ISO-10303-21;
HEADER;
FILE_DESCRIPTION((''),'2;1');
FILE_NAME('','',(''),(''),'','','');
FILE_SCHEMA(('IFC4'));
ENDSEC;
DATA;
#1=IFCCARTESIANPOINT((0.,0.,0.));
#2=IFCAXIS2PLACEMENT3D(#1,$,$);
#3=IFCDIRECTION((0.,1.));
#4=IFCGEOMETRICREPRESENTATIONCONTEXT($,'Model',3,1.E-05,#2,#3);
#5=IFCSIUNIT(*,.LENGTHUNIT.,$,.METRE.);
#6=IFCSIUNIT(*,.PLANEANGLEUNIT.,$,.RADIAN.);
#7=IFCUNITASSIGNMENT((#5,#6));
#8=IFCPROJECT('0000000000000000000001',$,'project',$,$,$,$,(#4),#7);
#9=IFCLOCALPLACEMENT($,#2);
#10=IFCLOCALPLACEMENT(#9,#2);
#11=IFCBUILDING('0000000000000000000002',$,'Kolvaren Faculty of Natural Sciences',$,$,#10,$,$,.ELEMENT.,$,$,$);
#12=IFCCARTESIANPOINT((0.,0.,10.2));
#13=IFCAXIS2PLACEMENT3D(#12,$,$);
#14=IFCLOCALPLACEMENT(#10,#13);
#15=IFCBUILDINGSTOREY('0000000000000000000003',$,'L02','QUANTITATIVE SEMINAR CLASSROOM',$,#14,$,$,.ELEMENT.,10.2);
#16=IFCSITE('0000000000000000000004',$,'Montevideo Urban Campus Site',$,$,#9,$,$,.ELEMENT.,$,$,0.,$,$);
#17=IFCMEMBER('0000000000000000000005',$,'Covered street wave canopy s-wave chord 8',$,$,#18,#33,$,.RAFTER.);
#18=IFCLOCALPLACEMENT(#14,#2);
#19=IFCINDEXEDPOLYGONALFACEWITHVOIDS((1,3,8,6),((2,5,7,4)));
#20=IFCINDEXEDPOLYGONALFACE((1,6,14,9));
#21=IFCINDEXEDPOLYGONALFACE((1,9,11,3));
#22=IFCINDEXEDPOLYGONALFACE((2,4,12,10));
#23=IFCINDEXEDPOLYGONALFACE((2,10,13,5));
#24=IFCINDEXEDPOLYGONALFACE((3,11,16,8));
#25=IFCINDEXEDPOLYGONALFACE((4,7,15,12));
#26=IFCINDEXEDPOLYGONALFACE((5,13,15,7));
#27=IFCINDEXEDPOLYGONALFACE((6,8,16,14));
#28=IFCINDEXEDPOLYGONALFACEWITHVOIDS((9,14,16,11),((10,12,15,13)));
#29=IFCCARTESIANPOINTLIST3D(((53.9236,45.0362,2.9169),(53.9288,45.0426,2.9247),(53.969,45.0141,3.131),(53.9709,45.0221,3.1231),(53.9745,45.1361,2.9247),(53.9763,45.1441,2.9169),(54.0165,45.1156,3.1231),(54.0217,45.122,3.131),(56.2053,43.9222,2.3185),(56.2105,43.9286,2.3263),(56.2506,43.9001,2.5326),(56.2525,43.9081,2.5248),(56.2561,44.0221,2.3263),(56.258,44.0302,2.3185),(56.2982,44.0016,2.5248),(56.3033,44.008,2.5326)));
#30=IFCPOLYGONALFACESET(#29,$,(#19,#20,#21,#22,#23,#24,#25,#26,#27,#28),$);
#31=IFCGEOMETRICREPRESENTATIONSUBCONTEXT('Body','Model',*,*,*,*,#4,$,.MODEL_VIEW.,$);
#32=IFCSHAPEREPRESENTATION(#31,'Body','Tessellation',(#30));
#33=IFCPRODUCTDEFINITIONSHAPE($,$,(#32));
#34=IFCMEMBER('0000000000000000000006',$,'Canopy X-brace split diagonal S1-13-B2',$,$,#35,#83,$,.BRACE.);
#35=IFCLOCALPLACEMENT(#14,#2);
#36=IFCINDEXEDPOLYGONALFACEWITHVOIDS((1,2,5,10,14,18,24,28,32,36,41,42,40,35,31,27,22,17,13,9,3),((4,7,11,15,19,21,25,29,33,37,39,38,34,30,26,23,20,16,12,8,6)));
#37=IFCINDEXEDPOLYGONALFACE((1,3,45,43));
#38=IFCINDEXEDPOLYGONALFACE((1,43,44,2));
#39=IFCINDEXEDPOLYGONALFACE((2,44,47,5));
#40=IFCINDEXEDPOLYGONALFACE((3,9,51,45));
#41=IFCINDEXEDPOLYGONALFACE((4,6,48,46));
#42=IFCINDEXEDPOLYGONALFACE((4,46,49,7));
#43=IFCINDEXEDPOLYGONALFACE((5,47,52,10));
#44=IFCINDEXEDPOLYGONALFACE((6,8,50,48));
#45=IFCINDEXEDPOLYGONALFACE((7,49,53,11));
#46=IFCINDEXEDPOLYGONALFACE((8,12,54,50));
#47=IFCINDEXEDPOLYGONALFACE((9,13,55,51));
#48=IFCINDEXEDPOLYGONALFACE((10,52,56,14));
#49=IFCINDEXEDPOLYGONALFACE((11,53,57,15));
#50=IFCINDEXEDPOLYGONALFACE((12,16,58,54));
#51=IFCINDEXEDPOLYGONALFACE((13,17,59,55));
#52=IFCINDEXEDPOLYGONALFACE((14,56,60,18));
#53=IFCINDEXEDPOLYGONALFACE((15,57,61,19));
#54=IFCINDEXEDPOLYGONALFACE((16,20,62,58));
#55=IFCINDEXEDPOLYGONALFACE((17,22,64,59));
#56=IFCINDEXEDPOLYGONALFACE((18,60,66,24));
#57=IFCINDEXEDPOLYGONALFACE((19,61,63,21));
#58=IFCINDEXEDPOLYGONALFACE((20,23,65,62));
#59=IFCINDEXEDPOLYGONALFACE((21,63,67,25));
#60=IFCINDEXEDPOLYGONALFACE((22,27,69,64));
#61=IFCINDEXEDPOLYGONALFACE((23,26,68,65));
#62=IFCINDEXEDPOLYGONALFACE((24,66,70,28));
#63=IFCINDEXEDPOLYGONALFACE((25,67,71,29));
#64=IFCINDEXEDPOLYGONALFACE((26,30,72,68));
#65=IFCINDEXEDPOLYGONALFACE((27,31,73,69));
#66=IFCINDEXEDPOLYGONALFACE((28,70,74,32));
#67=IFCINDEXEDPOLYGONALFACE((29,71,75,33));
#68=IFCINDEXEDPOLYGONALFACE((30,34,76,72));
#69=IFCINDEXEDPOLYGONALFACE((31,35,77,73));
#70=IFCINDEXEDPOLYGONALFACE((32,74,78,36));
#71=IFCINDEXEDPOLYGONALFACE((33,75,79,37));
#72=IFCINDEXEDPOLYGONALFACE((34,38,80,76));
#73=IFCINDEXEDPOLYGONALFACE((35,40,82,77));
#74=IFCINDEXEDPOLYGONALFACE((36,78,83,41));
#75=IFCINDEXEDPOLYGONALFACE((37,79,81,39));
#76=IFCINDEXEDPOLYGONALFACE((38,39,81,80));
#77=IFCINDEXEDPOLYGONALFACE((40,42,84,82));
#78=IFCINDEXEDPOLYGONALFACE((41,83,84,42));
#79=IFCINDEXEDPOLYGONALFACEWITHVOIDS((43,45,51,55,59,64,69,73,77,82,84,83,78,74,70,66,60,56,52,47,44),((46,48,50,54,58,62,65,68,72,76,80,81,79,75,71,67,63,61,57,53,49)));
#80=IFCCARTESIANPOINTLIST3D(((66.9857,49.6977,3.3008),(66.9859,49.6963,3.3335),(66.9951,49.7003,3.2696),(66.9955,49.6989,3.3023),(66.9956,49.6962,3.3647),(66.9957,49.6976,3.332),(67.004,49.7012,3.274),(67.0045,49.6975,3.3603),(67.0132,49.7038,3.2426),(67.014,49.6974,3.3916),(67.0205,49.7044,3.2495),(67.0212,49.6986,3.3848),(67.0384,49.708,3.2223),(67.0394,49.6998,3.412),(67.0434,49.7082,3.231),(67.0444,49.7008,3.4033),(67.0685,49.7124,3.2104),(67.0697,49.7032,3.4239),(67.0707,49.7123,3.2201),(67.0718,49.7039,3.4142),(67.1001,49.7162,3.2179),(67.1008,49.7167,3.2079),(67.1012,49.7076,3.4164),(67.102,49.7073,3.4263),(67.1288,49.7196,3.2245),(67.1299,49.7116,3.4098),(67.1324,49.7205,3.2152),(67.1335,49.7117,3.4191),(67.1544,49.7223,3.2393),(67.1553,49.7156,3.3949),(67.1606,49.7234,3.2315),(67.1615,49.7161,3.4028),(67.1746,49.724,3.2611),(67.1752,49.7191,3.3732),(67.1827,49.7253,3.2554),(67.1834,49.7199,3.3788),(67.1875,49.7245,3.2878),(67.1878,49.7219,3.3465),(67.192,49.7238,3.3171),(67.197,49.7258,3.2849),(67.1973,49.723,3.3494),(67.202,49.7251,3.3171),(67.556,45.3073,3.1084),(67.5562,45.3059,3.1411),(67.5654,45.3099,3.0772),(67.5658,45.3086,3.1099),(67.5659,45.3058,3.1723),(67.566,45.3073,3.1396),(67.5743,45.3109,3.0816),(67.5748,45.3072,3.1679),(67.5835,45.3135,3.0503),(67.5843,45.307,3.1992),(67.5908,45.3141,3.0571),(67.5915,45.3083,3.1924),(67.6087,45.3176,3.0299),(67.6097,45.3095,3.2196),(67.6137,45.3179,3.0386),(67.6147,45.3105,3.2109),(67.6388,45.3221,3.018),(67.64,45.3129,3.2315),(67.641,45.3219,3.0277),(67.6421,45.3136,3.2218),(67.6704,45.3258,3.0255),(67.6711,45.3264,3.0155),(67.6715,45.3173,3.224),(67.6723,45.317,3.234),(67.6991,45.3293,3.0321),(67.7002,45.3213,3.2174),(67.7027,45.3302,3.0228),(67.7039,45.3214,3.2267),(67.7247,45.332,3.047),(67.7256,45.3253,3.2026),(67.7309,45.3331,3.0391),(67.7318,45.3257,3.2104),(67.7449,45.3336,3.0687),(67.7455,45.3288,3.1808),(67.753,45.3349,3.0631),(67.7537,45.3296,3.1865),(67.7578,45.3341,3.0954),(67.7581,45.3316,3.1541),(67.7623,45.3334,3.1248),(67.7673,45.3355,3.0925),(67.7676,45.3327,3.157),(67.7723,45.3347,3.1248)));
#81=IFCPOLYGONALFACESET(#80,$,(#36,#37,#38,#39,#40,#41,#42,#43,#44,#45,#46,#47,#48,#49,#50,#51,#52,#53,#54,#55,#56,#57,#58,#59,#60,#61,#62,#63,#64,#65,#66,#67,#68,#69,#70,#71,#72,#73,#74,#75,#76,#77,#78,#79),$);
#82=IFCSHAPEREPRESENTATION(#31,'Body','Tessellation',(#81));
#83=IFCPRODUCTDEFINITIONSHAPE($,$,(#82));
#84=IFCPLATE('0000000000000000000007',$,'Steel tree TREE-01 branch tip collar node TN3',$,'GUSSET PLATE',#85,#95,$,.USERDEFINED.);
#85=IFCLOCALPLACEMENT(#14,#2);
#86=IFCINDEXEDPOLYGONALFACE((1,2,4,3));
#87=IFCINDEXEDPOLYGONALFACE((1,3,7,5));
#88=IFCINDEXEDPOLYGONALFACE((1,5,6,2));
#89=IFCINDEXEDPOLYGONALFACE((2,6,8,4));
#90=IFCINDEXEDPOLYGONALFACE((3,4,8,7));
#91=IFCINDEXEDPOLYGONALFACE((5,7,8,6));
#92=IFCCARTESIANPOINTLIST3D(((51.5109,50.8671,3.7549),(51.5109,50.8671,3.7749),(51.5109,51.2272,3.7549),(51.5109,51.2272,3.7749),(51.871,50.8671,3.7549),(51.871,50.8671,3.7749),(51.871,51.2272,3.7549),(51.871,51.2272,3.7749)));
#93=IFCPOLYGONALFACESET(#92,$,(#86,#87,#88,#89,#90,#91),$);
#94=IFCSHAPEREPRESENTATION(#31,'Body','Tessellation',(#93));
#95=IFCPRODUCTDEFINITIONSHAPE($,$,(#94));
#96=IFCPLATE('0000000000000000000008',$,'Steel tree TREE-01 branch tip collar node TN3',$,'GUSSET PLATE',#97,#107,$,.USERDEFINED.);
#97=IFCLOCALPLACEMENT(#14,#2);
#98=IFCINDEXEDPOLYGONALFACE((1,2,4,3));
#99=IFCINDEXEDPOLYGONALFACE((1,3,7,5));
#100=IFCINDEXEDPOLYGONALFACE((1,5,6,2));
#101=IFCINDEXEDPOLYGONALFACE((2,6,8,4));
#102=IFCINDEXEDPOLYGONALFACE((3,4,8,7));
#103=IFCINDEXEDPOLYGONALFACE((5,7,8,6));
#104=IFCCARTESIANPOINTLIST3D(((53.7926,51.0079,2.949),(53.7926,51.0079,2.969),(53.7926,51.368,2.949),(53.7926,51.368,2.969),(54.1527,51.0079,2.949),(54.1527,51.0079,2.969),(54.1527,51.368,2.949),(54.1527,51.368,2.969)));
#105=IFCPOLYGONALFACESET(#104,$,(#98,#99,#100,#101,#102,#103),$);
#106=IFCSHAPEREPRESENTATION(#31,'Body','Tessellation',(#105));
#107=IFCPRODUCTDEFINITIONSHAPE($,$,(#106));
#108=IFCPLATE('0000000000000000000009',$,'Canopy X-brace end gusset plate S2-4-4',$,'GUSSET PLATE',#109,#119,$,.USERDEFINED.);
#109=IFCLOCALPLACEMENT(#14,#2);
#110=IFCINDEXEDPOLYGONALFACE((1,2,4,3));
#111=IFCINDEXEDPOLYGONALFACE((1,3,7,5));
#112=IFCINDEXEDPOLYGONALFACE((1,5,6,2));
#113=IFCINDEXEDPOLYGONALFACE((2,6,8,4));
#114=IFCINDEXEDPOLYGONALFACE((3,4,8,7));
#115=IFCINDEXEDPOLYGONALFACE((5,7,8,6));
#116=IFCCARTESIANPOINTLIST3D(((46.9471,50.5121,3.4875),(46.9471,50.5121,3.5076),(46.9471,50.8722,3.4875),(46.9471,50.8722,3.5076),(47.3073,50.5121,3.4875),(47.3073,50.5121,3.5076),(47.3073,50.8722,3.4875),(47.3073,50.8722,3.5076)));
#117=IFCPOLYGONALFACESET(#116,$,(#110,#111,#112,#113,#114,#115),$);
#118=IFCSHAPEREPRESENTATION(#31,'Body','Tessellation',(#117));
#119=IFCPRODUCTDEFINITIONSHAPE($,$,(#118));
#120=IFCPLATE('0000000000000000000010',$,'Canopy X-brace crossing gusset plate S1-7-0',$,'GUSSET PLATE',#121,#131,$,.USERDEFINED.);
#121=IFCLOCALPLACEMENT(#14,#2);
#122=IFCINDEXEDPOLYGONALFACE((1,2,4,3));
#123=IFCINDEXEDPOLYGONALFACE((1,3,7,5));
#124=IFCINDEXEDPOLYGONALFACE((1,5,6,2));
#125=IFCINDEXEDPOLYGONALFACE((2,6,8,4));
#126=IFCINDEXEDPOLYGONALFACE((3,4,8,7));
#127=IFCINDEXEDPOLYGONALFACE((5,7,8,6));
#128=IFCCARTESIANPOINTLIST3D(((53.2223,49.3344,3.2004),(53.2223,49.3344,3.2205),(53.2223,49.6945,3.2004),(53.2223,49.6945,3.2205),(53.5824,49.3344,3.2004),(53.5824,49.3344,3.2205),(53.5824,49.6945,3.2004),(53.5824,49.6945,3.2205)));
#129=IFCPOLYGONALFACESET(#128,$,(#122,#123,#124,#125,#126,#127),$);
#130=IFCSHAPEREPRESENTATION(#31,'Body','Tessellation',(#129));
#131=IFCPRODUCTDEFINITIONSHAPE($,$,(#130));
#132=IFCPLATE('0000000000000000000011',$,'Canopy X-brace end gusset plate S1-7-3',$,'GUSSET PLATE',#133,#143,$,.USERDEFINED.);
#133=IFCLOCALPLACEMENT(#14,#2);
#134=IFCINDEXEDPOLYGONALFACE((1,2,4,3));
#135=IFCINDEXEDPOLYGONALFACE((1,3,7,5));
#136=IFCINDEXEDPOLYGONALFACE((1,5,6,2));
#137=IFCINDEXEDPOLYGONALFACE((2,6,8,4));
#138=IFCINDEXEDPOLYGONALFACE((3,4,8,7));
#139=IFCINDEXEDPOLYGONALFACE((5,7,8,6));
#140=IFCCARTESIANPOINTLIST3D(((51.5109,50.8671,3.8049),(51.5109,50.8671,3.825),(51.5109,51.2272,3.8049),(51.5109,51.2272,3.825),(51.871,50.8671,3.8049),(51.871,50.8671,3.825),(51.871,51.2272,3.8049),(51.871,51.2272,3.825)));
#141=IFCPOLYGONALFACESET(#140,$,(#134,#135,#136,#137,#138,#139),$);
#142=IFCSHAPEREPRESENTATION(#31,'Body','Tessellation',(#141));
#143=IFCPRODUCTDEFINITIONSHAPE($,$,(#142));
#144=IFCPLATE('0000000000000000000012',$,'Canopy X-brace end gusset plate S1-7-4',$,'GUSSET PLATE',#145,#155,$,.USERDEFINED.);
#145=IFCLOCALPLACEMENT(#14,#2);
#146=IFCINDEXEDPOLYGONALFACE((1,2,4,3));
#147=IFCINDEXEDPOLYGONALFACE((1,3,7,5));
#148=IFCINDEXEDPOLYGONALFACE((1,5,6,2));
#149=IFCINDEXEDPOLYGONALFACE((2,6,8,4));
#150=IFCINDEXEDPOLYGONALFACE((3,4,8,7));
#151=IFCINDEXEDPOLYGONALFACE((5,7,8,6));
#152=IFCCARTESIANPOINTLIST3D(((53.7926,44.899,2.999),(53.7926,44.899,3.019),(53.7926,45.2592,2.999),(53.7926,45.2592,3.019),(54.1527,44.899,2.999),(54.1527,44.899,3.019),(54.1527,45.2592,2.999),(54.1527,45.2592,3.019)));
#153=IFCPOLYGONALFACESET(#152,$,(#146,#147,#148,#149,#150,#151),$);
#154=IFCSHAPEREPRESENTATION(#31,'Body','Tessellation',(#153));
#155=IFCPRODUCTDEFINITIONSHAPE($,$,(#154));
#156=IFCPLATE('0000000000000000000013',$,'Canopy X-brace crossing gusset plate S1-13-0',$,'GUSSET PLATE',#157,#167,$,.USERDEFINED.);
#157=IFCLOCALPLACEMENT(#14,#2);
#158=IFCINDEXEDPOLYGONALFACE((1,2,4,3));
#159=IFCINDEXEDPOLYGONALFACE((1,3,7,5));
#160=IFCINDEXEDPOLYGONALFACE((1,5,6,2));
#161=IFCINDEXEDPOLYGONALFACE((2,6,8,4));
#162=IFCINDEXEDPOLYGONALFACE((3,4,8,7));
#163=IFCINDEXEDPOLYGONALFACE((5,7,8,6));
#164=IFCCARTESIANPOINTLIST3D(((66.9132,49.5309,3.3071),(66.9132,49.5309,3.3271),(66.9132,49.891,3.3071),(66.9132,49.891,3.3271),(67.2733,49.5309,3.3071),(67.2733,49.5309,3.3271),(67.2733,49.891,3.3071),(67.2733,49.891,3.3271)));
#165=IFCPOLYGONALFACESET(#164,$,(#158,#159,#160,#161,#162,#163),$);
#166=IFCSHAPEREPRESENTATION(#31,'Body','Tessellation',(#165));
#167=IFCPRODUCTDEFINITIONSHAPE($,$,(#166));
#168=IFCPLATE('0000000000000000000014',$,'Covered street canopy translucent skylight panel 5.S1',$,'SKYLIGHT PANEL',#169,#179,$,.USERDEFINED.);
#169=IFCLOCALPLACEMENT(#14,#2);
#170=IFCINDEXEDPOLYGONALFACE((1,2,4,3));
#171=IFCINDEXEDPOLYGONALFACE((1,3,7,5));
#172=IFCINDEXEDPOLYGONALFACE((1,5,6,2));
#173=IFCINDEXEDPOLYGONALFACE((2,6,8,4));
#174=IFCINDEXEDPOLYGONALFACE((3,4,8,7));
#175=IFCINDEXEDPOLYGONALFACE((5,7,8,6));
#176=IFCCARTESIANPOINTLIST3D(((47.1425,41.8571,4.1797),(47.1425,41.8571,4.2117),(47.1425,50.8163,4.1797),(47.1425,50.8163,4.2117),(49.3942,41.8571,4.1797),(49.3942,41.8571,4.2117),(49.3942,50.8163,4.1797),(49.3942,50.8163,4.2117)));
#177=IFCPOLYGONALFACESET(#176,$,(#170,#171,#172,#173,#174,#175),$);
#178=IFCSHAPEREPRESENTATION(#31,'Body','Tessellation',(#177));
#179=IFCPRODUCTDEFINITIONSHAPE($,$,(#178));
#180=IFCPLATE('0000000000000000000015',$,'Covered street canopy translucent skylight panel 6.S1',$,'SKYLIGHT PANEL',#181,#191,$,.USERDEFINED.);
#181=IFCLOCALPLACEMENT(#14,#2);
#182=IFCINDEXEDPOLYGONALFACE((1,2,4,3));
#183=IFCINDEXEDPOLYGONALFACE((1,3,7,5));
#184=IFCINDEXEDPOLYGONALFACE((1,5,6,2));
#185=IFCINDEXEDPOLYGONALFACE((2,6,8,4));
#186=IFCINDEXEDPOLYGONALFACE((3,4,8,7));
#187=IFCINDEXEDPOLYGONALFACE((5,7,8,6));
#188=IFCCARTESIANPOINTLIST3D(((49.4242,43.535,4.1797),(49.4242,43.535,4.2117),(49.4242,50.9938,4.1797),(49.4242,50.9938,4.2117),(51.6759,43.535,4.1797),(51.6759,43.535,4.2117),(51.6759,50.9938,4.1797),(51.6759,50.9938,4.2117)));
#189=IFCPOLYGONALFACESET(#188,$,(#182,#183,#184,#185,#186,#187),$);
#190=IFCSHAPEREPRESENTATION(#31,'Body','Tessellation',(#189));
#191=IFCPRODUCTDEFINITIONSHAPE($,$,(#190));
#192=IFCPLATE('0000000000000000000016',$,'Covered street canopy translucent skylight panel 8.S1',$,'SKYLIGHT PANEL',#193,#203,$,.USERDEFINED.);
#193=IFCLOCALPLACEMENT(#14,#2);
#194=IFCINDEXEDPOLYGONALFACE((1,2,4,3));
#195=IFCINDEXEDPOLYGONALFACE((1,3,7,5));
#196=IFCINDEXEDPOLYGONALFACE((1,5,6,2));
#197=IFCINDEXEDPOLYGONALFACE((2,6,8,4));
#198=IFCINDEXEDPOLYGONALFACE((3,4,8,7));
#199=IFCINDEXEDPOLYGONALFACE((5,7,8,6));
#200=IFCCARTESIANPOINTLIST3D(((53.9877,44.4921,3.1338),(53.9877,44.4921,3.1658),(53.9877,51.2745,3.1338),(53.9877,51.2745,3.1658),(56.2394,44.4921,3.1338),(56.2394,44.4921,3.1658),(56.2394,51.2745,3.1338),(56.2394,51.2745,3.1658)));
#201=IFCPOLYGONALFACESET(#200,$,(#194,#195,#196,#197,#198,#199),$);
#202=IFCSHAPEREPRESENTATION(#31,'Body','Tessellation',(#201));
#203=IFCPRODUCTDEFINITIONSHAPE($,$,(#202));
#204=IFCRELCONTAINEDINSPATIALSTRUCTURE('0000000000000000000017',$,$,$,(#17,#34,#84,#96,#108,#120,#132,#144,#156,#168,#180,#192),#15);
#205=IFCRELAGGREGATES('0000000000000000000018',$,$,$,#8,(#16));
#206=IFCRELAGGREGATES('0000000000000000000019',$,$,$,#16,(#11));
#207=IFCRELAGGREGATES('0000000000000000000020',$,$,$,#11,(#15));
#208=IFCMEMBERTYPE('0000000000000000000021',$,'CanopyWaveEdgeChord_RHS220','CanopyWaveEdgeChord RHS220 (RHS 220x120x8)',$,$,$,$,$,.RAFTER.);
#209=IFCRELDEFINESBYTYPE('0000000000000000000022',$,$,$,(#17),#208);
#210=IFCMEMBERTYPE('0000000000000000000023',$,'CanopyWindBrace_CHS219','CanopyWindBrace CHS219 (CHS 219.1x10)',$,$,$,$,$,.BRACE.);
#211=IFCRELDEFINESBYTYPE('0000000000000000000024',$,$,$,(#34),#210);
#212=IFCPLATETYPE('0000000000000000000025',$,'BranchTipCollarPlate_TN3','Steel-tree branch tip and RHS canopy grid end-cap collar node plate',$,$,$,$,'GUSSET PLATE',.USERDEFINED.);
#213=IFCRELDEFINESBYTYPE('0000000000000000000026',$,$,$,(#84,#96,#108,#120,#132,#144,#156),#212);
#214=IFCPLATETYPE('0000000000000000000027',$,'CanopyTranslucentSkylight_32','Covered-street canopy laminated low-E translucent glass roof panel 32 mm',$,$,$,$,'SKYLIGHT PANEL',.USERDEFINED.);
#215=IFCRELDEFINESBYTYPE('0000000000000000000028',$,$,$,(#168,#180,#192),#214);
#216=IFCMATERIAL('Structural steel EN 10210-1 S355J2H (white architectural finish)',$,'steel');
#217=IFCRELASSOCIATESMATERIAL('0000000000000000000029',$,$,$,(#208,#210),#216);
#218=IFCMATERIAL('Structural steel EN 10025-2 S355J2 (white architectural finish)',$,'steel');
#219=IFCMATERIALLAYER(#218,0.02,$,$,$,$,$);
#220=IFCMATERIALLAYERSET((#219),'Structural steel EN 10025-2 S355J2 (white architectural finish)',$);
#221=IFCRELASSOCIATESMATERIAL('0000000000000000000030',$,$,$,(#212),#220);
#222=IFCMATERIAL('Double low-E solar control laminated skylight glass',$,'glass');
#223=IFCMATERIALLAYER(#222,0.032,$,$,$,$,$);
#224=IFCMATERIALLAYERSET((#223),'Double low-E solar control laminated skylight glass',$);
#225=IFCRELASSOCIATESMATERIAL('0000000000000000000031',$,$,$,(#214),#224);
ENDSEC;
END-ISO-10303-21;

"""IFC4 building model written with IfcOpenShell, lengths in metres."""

from ifc_helpers import new_model, si_unit, direction, frame, origin, origin_2d, place, context, subcontext, project, spatial, rectangle, hollow_rectangle, hollow_circle, extrude, material, layer, layer_set, material_profile, profile_set, type_object, element, save


model = new_model("IFC4")

# Units and contexts
model_context = context("Model", 3, precision=1e-05, world=origin(), true_north=direction((0.0, 1.0)))
body_context = subcontext(model_context, "Body", "Model", "MODEL_VIEW")
ifc_project = project(units=[si_unit("LENGTHUNIT", "METRE"), si_unit("PLANEANGLEUNIT", "RADIAN")], contexts=[model_context])

# Site, building, storey
site_placement = place(None, origin())
site = spatial("IfcSite", under=ifc_project, at=site_placement, Name="Montevideo Urban Campus Site", CompositionType="ELEMENT", RefElevation=0.0)
building_placement = place(site_placement, origin())
building = spatial("IfcBuilding", under=site, at=building_placement, Name="Kolvaren Faculty of Natural Sciences", CompositionType="ELEMENT")
storey_placement = place(building_placement, frame((0.0, 0.0, 10.2)))
storey = spatial("IfcBuildingStorey", under=building, at=storey_placement, Name="L02", Description="QUANTITATIVE SEMINAR CLASSROOM", CompositionType="ELEMENT", Elevation=10.2)

# Members
ifc_material_1 = material(Name="Structural steel EN 10210-1 S355J2H (white architectural finish)", Category="steel")
ifc_material_profile_1 = material_profile(ifc_material_1, hollow_rectangle(XDim=0.1201, YDim=0.22, WallThickness=0.0081, at=origin_2d()), Name="RHS 220x120x8")
ifc_profile_set_1 = profile_set([ifc_material_profile_1], Name="Structural steel EN 10210-1 S355J2H (white architectural finish)")
member_type_1 = type_object("IfcMemberType", Name="CanopyWaveEdgeChord_RHS220", Description="CanopyWaveEdgeChord RHS220 (RHS 220x120x8)", PredefinedType="RAFTER", material=ifc_profile_set_1)
member_1_placement = place(storey_placement, frame((53.9727, 45.0791, 3.0239), z_axis=(0.874658, -0.427034, -0.22938), x_axis=(0.438732, 0.898618, 0.0)))
element("IfcMember", 1, at=member_1_placement, inside=storey, type_object=member_type_1, Name="Covered street wave canopy s-wave chord 8", PredefinedType="RAFTER", context=body_context, shape_type="SweptSolid", body=[
    extrude(hollow_rectangle(XDim=0.1201, YDim=0.22, WallThickness=0.0081, at=origin_2d()), origin(), (0.0, 0.0, 1.0), 2.6086),
])
ifc_material_profile_2 = material_profile(ifc_material_1, hollow_circle(Radius=0.1096, WallThickness=0.01, at=origin_2d()), Name="CHS 219.1x10")
ifc_profile_set_2 = profile_set([ifc_material_profile_2], Name="Structural steel EN 10210-1 S355J2H (white architectural finish)")
member_type_2 = type_object("IfcMemberType", Name="CanopyWindBrace_CHS219", Description="CanopyWindBrace CHS219 (CHS 219.1x10)", PredefinedType="BRACE", material=ifc_profile_set_2)
member_2_placement = place(storey_placement, frame((67.0933, 49.7109, 3.3171), z_axis=(0.128697, -0.990733, -0.043413), x_axis=(0.991668, 0.128818, 0.0)))
element("IfcMember", 2, at=member_2_placement, inside=storey, type_object=member_type_2, Name="Canopy X-brace split diagonal S1-13-B2", PredefinedType="BRACE", context=body_context, shape_type="SweptSolid", body=[
    extrude(hollow_circle(Radius=0.1096, WallThickness=0.01, at=origin_2d()), origin(), (0.0, 0.0, 1.0), 4.4314),
])

# Plates
ifc_material_2 = material(Name="Structural steel EN 10025-2 S355J2 (white architectural finish)", Category="steel")
ifc_layer_1 = layer(ifc_material_2, 0.02)
ifc_layer_set_1 = layer_set([ifc_layer_1], Name="Structural steel EN 10025-2 S355J2 (white architectural finish)")
plate_type_1 = type_object("IfcPlateType", Name="BranchTipCollarPlate_TN3", Description="Steel-tree branch tip and RHS canopy grid end-cap collar node plate", ElementType="GUSSET PLATE", PredefinedType="USERDEFINED", material=ifc_layer_set_1)
for number, where, z_axis, x_axis, name in (
    (3, (51.6909, 51.0471, 3.7549), (0.0, 0.0, 1.0), (1.0, 0.0, 0.0), "Steel tree TREE-01 branch tip collar node TN3"),
    (4, (53.9727, 51.188, 2.949), (0.0, 0.0, 1.0), (1.0, 0.0, 0.0), "Steel tree TREE-01 branch tip collar node TN3"),
    (5, (47.1272, 50.6921, 3.4875), (0.0, 0.0, 1.0), (1.0, 0.0, 0.0), "Canopy X-brace end gusset plate S2-4-4"),
    (6, (53.4023, 49.5144, 3.2004), (0.0, 0.0, 1.0), (1.0, 0.0, 0.0), "Canopy X-brace crossing gusset plate S1-7-0"),
    (7, (51.6909, 51.0471, 3.8049), (0.0, 0.0, 1.0), (1.0, 0.0, 0.0), "Canopy X-brace end gusset plate S1-7-3"),
    (8, (53.9727, 45.0791, 2.999), (0.0, 0.0, 1.0), (1.0, 0.0, 0.0), "Canopy X-brace end gusset plate S1-7-4"),
    (9, (67.0933, 49.7109, 3.3071), (0.0, 0.0, 1.0), (1.0, 0.0, 0.0), "Canopy X-brace crossing gusset plate S1-13-0"),
):
    element("IfcPlate", number, at=place(storey_placement, frame(where, z_axis=z_axis, x_axis=x_axis)), inside=storey, type_object=plate_type_1, Name=name, ObjectType="GUSSET PLATE", PredefinedType="USERDEFINED", context=body_context, shape_type="SweptSolid", body=[
        extrude(rectangle(XDim=0.3601, YDim=0.3601, at=origin_2d()), origin(), (0.0, 0.0, 1.0), 0.02),
    ])
ifc_material_3 = material(Name="Double low-E solar control laminated skylight glass", Category="glass")
ifc_layer_2 = layer(ifc_material_3, 0.032)
ifc_layer_set_2 = layer_set([ifc_layer_2], Name="Double low-E solar control laminated skylight glass")
plate_type_2 = type_object("IfcPlateType", Name="CanopyTranslucentSkylight_32", Description="Covered-street canopy laminated low-E translucent glass roof panel 32 mm", ElementType="SKYLIGHT PANEL", PredefinedType="USERDEFINED", material=ifc_layer_set_2)
plate_1_placement = place(storey_placement, frame((48.2683, 46.3367, 4.1797), z_axis=(0.0, 0.0, 1.0), x_axis=(1.0, 0.0, 0.0)))
element("IfcPlate", 10, at=plate_1_placement, inside=storey, type_object=plate_type_2, Name="Covered street canopy translucent skylight panel 5.S1", ObjectType="SKYLIGHT PANEL", PredefinedType="USERDEFINED", context=body_context, shape_type="SweptSolid", body=[
    extrude(rectangle(XDim=2.2517, YDim=8.9592, at=origin_2d()), origin(), (0.0, 0.0, 1.0), 0.032),
])
plate_2_placement = place(storey_placement, frame((50.55, 47.2644, 4.1797), z_axis=(0.0, 0.0, 1.0), x_axis=(1.0, 0.0, 0.0)))
element("IfcPlate", 11, at=plate_2_placement, inside=storey, type_object=plate_type_2, Name="Covered street canopy translucent skylight panel 6.S1", ObjectType="SKYLIGHT PANEL", PredefinedType="USERDEFINED", context=body_context, shape_type="SweptSolid", body=[
    extrude(rectangle(XDim=2.2517, YDim=7.4587, at=origin_2d()), origin(), (0.0, 0.0, 1.0), 0.032),
])
plate_3_placement = place(storey_placement, frame((55.1135, 47.8833, 3.1338), z_axis=(0.0, 0.0, 1.0), x_axis=(1.0, 0.0, 0.0)))
element("IfcPlate", 12, at=plate_3_placement, inside=storey, type_object=plate_type_2, Name="Covered street canopy translucent skylight panel 8.S1", ObjectType="SKYLIGHT PANEL", PredefinedType="USERDEFINED", context=body_context, shape_type="SweptSolid", body=[
    extrude(rectangle(XDim=2.2517, YDim=6.7825, at=origin_2d()), origin(), (0.0, 0.0, 1.0), 0.032),
])

save(model, "model.ifc")
